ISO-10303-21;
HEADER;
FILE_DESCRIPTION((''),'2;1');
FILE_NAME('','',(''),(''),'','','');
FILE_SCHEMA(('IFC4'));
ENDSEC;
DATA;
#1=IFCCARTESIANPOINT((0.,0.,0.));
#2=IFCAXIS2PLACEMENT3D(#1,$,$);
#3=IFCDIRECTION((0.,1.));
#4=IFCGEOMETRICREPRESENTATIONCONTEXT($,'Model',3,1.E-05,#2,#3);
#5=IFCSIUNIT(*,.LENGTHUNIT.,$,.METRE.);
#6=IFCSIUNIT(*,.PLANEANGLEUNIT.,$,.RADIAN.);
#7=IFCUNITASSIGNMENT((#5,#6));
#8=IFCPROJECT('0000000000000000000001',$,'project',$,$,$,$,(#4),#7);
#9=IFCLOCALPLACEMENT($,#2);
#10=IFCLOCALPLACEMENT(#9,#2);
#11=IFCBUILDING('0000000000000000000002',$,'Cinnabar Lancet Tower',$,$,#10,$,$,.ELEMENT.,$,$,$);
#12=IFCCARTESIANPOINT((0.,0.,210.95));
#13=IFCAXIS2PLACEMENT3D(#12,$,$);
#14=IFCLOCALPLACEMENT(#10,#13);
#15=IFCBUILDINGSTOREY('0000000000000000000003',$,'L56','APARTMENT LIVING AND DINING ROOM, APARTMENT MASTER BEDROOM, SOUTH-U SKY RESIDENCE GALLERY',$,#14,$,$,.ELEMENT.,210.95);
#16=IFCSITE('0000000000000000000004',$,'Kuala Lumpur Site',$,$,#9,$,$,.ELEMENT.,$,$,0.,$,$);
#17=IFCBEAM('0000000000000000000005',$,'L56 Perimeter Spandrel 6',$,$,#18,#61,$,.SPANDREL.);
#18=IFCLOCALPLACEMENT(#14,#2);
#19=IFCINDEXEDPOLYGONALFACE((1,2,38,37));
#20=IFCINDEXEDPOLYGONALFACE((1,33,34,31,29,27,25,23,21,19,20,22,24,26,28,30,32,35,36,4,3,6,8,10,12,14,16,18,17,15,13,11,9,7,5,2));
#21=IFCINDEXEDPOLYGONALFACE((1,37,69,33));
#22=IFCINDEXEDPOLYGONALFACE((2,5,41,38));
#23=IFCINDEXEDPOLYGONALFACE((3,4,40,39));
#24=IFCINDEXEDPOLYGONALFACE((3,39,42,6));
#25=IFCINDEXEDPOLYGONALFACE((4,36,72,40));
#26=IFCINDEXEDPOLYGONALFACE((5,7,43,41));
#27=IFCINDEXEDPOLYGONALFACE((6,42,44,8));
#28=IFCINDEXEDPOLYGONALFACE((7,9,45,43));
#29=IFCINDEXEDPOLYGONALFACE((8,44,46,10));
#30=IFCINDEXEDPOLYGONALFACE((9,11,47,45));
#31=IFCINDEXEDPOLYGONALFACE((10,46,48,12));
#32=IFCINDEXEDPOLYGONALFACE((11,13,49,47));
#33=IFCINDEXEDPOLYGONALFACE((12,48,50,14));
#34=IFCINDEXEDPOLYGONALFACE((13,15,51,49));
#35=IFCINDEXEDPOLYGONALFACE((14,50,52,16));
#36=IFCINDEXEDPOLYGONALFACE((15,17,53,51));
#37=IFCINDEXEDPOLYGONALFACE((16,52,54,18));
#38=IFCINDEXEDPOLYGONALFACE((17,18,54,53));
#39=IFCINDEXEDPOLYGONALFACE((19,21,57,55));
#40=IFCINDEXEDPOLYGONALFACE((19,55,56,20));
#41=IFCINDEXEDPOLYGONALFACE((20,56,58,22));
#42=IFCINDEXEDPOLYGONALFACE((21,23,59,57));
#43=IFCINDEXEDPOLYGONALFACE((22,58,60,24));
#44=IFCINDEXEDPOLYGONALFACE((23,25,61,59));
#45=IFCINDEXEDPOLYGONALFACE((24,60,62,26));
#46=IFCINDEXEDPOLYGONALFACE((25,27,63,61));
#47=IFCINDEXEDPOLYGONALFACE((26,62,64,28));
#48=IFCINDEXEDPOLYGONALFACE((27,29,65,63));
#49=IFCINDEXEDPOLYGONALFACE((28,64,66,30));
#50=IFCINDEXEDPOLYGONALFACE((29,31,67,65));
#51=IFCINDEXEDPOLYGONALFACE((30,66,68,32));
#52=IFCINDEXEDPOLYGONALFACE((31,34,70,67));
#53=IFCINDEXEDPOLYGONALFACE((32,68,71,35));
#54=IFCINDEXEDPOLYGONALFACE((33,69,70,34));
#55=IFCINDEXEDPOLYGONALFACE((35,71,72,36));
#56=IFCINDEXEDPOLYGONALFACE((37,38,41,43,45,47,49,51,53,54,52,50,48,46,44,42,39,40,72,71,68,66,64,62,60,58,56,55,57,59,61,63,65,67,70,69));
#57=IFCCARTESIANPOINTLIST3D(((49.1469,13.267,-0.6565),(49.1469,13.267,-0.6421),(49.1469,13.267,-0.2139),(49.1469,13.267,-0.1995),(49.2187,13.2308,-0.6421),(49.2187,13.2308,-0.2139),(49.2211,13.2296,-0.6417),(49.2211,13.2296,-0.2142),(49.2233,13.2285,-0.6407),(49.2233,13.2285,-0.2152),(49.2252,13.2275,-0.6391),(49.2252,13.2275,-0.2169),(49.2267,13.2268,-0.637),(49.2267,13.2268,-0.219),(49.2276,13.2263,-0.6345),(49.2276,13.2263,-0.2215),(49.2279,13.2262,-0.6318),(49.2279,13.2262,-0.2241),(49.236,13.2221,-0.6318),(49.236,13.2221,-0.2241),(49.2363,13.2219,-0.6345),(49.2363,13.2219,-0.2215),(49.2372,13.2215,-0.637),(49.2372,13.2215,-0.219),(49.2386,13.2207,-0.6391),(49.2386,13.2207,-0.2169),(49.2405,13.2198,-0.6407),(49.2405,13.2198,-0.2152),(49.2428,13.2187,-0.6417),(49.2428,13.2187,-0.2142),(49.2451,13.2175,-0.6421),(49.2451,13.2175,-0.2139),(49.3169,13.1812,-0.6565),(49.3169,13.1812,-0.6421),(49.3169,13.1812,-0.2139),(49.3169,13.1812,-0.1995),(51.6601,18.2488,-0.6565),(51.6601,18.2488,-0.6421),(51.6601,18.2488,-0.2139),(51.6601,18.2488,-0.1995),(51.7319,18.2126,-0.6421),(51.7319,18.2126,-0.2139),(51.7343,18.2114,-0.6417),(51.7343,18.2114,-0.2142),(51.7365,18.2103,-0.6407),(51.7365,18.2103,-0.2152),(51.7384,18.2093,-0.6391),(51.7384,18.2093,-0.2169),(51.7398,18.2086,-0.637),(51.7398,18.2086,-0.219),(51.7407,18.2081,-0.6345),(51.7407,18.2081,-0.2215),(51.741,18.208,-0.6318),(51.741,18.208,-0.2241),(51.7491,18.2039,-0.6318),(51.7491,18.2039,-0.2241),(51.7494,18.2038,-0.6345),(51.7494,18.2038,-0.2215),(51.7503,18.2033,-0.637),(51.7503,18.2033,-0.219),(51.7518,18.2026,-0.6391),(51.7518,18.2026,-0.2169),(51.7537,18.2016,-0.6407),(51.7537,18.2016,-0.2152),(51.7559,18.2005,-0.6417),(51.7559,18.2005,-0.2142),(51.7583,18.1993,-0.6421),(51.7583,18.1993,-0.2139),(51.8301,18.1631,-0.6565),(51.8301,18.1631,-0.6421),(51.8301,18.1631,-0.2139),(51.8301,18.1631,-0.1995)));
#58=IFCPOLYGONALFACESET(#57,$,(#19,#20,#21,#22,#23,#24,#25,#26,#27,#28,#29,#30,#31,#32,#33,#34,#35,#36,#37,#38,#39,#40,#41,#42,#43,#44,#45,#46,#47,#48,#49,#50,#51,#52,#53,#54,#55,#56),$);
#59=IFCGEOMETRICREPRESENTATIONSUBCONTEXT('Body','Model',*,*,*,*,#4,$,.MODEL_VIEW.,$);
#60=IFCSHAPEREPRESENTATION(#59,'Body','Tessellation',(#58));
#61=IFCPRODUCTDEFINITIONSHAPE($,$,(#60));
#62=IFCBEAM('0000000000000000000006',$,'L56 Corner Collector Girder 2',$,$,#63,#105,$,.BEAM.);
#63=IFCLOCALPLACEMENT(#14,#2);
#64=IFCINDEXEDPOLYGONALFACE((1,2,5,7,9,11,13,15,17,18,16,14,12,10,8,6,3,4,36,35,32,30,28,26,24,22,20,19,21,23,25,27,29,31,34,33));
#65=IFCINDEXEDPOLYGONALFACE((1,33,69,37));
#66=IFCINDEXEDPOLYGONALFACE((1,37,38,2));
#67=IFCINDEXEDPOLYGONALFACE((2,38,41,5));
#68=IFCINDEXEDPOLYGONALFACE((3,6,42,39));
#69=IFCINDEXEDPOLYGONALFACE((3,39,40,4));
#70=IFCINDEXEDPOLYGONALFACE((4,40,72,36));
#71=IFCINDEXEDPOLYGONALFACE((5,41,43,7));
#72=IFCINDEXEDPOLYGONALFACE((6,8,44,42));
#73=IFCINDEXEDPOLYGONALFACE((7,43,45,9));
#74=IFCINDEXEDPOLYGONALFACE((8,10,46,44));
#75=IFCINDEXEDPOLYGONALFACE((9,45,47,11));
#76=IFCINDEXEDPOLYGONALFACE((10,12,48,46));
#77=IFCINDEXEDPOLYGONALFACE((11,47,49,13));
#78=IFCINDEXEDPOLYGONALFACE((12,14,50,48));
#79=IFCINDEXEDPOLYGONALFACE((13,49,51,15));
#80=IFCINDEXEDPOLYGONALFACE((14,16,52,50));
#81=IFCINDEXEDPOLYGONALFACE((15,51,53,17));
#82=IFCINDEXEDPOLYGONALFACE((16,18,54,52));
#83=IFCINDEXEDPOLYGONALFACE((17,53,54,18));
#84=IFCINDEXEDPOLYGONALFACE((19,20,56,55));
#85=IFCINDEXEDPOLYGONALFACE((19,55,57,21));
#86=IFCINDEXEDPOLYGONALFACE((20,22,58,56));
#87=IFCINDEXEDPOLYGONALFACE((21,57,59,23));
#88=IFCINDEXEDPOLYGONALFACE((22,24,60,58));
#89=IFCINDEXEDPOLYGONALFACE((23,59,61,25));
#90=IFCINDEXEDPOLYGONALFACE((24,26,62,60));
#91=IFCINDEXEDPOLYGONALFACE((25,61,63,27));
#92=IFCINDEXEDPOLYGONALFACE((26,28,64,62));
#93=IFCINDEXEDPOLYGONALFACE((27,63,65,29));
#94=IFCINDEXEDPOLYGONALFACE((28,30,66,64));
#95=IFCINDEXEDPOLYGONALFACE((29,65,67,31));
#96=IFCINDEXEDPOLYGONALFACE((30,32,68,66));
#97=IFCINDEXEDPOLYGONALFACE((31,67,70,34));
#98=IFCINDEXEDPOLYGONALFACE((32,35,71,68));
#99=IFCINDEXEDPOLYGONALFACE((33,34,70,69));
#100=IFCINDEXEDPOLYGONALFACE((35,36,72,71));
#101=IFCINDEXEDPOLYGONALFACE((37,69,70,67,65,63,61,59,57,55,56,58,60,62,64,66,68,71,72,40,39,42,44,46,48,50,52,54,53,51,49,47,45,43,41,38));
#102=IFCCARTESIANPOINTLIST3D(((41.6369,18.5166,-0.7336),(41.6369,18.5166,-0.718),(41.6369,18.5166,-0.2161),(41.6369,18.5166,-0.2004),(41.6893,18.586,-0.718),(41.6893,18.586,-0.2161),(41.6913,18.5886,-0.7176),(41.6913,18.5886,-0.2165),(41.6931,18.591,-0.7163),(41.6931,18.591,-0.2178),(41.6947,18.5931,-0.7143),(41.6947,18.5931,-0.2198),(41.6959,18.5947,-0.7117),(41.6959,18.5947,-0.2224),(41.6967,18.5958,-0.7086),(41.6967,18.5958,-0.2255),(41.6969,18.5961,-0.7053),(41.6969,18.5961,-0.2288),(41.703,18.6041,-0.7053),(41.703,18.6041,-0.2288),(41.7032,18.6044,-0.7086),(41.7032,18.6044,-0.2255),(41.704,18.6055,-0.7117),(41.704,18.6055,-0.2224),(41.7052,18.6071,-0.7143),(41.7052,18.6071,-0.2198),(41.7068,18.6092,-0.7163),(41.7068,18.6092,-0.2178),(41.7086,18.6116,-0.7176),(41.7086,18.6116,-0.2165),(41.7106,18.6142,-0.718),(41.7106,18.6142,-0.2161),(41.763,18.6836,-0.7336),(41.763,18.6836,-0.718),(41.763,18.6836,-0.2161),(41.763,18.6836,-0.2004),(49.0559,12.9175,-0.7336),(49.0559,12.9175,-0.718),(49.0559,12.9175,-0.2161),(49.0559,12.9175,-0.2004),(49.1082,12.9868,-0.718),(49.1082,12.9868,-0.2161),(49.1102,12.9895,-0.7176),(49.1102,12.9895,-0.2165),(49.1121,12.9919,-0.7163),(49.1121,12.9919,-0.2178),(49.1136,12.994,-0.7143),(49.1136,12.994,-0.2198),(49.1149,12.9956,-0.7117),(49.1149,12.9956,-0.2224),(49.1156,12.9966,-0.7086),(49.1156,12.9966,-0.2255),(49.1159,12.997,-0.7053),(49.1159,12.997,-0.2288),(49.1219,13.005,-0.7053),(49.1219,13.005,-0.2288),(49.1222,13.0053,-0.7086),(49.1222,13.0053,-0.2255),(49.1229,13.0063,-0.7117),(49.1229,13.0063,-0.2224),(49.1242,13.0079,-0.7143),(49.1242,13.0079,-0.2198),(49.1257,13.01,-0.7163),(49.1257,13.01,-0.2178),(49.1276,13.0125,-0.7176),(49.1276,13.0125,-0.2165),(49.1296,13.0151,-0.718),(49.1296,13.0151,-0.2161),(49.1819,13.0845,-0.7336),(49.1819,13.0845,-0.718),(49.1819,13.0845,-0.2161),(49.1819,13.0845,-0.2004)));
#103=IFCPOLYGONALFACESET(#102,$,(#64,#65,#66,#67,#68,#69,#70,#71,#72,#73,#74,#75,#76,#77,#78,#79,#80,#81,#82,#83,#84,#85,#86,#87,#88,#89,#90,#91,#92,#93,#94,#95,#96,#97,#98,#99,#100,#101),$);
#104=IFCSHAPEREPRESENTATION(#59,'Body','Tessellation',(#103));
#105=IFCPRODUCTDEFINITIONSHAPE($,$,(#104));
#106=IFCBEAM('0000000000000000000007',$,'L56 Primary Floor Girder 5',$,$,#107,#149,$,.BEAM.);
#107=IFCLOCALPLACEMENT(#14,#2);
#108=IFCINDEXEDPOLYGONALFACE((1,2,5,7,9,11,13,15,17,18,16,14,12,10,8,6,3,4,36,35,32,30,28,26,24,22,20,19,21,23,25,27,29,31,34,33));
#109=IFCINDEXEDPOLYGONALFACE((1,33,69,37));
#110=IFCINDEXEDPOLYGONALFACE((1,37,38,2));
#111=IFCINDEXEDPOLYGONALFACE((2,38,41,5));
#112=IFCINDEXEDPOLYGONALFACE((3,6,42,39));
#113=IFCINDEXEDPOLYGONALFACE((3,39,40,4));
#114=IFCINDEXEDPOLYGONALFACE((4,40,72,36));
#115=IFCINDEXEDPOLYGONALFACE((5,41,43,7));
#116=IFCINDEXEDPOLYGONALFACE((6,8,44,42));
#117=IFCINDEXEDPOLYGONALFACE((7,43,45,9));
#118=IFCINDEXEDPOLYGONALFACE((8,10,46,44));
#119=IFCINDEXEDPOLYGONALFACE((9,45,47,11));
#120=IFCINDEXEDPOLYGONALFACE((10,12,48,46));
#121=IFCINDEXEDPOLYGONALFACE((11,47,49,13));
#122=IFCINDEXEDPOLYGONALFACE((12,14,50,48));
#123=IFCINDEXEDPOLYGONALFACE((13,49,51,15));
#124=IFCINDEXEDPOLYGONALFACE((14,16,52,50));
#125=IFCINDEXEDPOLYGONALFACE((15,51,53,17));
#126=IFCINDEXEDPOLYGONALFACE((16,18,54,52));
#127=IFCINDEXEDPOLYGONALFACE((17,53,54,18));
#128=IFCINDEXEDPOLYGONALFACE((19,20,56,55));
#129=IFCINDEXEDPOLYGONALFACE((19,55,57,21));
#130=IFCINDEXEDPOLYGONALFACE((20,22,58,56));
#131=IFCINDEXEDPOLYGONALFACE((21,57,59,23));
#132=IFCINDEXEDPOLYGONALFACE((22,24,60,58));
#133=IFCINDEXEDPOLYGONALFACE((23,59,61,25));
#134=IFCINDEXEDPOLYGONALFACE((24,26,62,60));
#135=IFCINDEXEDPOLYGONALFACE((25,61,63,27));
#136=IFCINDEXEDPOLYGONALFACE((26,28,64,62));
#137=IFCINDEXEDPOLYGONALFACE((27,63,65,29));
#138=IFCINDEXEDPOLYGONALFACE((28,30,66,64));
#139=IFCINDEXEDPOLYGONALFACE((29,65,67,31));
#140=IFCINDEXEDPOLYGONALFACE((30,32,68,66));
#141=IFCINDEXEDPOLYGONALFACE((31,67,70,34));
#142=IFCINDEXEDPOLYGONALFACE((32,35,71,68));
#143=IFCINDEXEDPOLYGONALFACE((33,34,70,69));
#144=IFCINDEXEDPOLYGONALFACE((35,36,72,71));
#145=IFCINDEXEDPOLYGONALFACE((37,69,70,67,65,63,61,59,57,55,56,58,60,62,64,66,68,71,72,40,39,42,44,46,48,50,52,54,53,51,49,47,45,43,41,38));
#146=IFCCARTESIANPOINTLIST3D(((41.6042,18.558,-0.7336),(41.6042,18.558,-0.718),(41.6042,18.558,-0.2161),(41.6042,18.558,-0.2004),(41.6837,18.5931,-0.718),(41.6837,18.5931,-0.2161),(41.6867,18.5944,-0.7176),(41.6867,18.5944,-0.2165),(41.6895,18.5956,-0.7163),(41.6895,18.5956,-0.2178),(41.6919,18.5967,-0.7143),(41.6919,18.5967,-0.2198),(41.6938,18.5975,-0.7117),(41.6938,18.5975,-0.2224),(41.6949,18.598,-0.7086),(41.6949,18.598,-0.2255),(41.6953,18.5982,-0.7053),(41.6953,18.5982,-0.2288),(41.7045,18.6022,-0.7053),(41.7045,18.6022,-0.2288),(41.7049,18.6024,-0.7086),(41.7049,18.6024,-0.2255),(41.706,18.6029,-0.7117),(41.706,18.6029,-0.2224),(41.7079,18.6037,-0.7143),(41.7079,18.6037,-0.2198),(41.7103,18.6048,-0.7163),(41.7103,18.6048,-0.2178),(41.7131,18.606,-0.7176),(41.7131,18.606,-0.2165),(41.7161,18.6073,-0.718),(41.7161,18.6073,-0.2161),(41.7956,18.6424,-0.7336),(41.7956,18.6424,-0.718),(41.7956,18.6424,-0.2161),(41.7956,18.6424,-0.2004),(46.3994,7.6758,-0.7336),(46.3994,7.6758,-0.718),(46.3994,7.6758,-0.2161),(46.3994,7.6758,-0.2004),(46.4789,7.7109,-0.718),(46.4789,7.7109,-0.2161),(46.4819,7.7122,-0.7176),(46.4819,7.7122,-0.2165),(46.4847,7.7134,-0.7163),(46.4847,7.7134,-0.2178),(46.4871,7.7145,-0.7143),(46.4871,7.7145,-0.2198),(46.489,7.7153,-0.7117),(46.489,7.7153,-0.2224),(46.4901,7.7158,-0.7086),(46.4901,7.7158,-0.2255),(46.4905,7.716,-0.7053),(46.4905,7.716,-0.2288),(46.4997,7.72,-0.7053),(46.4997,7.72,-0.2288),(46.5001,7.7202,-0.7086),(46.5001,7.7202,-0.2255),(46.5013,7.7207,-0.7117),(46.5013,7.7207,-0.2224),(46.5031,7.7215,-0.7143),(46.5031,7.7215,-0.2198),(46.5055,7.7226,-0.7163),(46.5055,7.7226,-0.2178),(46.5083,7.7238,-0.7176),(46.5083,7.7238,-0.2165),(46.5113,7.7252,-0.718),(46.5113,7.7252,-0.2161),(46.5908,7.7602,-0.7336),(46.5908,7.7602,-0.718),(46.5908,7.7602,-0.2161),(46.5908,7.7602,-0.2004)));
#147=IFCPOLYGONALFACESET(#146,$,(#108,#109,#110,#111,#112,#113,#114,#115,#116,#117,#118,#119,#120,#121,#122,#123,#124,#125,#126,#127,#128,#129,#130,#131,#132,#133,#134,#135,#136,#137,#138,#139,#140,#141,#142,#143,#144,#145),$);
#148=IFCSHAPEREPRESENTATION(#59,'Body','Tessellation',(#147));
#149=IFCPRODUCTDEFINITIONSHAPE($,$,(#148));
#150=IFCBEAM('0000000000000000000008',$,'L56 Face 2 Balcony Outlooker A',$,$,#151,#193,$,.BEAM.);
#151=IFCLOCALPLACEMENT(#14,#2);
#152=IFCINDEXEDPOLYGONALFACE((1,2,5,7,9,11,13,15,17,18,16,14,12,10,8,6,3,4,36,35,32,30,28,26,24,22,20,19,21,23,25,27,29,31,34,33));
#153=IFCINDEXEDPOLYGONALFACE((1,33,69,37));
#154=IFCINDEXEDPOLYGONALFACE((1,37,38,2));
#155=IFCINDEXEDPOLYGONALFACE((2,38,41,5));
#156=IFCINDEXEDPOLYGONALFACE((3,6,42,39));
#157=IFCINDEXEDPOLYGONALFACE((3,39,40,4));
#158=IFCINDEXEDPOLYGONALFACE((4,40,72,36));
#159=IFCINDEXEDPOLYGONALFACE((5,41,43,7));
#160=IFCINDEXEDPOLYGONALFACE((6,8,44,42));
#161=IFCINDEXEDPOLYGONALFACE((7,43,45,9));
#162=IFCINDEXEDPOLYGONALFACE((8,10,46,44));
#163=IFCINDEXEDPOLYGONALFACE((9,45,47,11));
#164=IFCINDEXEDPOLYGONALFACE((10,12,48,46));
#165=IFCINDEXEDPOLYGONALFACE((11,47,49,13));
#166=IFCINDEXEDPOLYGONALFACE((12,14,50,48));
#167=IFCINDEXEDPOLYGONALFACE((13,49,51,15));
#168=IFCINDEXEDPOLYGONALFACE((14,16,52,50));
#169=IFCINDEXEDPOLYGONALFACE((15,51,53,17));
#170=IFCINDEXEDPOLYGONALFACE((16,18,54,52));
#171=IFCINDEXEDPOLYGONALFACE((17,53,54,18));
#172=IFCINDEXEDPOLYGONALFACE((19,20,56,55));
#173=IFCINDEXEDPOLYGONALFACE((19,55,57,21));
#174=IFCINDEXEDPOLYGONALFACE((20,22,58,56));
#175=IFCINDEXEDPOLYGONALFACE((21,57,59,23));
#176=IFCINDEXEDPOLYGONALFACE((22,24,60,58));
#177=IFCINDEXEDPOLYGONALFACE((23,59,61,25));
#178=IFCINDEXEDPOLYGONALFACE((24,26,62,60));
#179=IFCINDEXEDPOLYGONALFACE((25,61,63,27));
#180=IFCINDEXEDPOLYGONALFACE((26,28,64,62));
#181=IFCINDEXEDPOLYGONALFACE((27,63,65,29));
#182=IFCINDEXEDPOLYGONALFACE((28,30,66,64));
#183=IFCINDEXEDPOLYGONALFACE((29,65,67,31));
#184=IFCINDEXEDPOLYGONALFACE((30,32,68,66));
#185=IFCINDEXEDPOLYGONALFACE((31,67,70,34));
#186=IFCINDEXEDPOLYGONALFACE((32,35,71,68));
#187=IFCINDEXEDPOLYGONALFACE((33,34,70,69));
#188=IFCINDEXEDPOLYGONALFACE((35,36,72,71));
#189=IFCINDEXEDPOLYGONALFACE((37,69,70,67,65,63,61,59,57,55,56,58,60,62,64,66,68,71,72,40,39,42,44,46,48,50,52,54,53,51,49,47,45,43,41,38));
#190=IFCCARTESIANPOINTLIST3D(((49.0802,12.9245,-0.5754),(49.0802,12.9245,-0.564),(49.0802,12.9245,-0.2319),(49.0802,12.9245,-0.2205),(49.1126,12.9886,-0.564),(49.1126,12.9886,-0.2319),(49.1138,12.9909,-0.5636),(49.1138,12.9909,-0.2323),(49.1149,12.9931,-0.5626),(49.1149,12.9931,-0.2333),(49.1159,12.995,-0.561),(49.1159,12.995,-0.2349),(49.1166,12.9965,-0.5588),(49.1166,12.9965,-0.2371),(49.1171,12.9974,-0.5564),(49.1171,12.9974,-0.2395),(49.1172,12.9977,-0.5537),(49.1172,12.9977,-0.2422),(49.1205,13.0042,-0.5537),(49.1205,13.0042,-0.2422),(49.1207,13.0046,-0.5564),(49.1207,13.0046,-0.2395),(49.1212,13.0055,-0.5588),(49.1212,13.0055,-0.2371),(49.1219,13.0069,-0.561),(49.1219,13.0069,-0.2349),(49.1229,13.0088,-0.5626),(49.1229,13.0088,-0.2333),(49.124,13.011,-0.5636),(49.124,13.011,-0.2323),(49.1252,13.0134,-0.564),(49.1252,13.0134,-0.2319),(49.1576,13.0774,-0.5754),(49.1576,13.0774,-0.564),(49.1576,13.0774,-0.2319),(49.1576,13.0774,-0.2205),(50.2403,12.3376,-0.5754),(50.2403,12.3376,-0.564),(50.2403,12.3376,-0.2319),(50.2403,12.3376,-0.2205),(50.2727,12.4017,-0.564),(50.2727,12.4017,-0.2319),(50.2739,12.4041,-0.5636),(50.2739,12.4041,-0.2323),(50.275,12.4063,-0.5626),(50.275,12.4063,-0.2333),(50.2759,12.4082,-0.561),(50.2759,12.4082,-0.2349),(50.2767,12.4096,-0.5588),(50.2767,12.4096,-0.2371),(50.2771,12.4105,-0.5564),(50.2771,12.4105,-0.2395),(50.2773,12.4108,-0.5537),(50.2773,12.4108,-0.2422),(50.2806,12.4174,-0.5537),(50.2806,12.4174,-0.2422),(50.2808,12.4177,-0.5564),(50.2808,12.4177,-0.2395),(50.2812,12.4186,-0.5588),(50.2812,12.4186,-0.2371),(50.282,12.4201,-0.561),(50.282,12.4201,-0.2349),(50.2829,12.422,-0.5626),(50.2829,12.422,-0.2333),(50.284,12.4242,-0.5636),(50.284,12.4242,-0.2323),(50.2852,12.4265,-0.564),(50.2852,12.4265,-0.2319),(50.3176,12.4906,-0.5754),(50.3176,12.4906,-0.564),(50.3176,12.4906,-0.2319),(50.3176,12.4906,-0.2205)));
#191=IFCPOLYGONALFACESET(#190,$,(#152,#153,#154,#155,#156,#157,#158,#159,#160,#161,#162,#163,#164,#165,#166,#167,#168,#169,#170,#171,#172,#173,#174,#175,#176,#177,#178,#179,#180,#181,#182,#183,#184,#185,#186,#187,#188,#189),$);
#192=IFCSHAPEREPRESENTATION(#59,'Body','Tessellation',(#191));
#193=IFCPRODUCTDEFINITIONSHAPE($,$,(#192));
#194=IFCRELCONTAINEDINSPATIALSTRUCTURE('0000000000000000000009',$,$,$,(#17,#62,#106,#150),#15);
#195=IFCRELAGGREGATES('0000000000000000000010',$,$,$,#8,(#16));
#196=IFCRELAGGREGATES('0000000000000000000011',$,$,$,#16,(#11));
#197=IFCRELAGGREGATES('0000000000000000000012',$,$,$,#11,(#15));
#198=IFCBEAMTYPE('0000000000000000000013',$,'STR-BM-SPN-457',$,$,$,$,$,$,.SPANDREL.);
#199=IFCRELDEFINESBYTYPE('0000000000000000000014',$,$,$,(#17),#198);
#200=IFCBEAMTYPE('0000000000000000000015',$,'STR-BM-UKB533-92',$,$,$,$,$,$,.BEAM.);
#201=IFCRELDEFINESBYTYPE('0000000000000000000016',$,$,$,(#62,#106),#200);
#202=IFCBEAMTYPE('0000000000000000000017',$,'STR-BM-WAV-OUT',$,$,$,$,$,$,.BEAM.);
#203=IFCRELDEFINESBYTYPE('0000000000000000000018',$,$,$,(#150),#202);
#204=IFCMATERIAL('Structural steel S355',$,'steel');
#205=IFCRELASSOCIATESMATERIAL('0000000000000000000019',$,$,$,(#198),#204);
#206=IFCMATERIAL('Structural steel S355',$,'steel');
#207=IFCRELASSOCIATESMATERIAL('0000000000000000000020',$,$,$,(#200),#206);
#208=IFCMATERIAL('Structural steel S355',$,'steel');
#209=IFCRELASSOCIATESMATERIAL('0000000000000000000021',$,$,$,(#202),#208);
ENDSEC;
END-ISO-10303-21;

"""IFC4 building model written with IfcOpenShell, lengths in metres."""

from ifc_helpers import new_model, si_unit, direction, frame, origin, origin_2d, place, context, subcontext, project, spatial, i_section, extrude, material, material_profile, profile_set, type_object, element, save


model = new_model("IFC4")

# Units and contexts
model_context = context("Model", 3, precision=1e-05, world=origin(), true_north=direction((0.0, 1.0)))
body_context = subcontext(model_context, "Body", "Model", "MODEL_VIEW")
ifc_project = project(units=[si_unit("LENGTHUNIT", "METRE"), si_unit("PLANEANGLEUNIT", "RADIAN")], contexts=[model_context])

# Site, building, storey
site_placement = place(None, origin())
site = spatial("IfcSite", under=ifc_project, at=site_placement, Name="Kuala Lumpur Site", CompositionType="ELEMENT", RefElevation=0.0)
building_placement = place(site_placement, origin())
building = spatial("IfcBuilding", under=site, at=building_placement, Name="Cinnabar Lancet Tower", CompositionType="ELEMENT")
storey_placement = place(building_placement, frame((0.0, 0.0, 210.95)))
storey = spatial("IfcBuildingStorey", under=building, at=storey_placement, Name="L56", Description="APARTMENT LIVING AND DINING ROOM, APARTMENT MASTER BEDROOM, SOUTH-U SKY RESIDENCE GALLERY", CompositionType="ELEMENT", Elevation=210.95)

# Beams
ifc_material_1 = material(Name="Structural steel S355", Category="steel")
ifc_material_profile_1 = material_profile(ifc_material_1, i_section(OverallWidth=0.1904, OverallDepth=0.457, WebThickness=0.009, FlangeThickness=0.0144, FilletRadius=0.0103, at=origin_2d()), Name="UKB 457x191x74")
ifc_profile_set_1 = profile_set([ifc_material_profile_1], Name="Structural steel S355")
beam_type_1 = type_object("IfcBeamType", Name="STR-BM-SPN-457", PredefinedType="SPANDREL", material=ifc_profile_set_1)
beam_1_placement = place(storey_placement, frame((49.2319, 13.2241, -0.428), z_axis=(0.450396, 0.892829, 0.0), x_axis=(-0.892829, 0.450396, 0.0)))
element("IfcBeam", 1, at=beam_1_placement, inside=storey, type_object=beam_type_1, Name="L56 Perimeter Spandrel 6", PredefinedType="SPANDREL", context=body_context, shape_type="SweptSolid", body=[
    extrude(i_section(OverallWidth=0.1904, OverallDepth=0.457, WebThickness=0.009, FlangeThickness=0.0144, FilletRadius=0.0103, at=origin_2d()), origin(), (0.0, 0.0, 1.0), 5.5798),
])
ifc_material_2 = material(Name="Structural steel S355", Category="steel")
ifc_material_profile_2 = material_profile(ifc_material_2, i_section(OverallWidth=0.2092, OverallDepth=0.5332, WebThickness=0.01, FlangeThickness=0.0156, FilletRadius=0.0127, at=origin_2d()), Name="UKB 533x210x92")
ifc_profile_set_2 = profile_set([ifc_material_profile_2], Name="Structural steel S355")
beam_type_2 = type_object("IfcBeamType", Name="STR-BM-UKB533-92", PredefinedType="BEAM", material=ifc_profile_set_2)
beam_2_placement = place(storey_placement, frame((49.1189, 13.001, -0.467), z_axis=(-0.798193, 0.602401, 0.0), x_axis=(-0.602401, -0.798193, 0.0)))
element("IfcBeam", 2, at=beam_2_placement, inside=storey, type_object=beam_type_2, Name="L56 Corner Collector Girder 2", PredefinedType="BEAM", context=body_context, shape_type="SweptSolid", body=[
    extrude(i_section(OverallWidth=0.2092, OverallDepth=0.5332, WebThickness=0.01, FlangeThickness=0.0156, FilletRadius=0.0127, at=origin_2d()), origin(), (0.0, 0.0, 1.0), 9.2947),
])
beam_3_placement = place(storey_placement, frame((46.4951, 7.718, -0.467), z_axis=(-0.403235, 0.915096, 0.0), x_axis=(-0.915096, -0.403235, 0.0)))
element("IfcBeam", 3, at=beam_3_placement, inside=storey, type_object=beam_type_2, Name="L56 Primary Floor Girder 5", PredefinedType="BEAM", context=body_context, shape_type="SweptSolid", body=[
    extrude(i_section(OverallWidth=0.2092, OverallDepth=0.5332, WebThickness=0.01, FlangeThickness=0.0156, FilletRadius=0.0127, at=origin_2d()), origin(), (0.0, 0.0, 1.0), 11.8918),
])
ifc_material_3 = material(Name="Structural steel S355", Category="steel")
ifc_material_profile_3 = material_profile(ifc_material_3, i_section(OverallWidth=0.1714, OverallDepth=0.355, WebThickness=0.0073, FlangeThickness=0.0115, FilletRadius=0.0103, at=origin_2d()), Name="UKB 356x171x51")
ifc_profile_set_3 = profile_set([ifc_material_profile_3], Name="Structural steel S355")
beam_type_3 = type_object("IfcBeamType", Name="STR-BM-WAV-OUT", PredefinedType="BEAM", material=ifc_profile_set_3)
beam_4_placement = place(storey_placement, frame((49.1189, 13.001, -0.3979), z_axis=(0.892314, -0.451415, 0.0), x_axis=(0.451415, 0.892314, 0.0)))
element("IfcBeam", 4, at=beam_4_placement, inside=storey, type_object=beam_type_3, Name="L56 Face 2 Balcony Outlooker A", PredefinedType="BEAM", context=body_context, shape_type="SweptSolid", body=[
    extrude(i_section(OverallWidth=0.1714, OverallDepth=0.355, WebThickness=0.0073, FlangeThickness=0.0115, FilletRadius=0.0103, at=origin_2d()), origin(), (0.0, 0.0, 1.0), 1.3),
])

save(model, "model.ifc")
